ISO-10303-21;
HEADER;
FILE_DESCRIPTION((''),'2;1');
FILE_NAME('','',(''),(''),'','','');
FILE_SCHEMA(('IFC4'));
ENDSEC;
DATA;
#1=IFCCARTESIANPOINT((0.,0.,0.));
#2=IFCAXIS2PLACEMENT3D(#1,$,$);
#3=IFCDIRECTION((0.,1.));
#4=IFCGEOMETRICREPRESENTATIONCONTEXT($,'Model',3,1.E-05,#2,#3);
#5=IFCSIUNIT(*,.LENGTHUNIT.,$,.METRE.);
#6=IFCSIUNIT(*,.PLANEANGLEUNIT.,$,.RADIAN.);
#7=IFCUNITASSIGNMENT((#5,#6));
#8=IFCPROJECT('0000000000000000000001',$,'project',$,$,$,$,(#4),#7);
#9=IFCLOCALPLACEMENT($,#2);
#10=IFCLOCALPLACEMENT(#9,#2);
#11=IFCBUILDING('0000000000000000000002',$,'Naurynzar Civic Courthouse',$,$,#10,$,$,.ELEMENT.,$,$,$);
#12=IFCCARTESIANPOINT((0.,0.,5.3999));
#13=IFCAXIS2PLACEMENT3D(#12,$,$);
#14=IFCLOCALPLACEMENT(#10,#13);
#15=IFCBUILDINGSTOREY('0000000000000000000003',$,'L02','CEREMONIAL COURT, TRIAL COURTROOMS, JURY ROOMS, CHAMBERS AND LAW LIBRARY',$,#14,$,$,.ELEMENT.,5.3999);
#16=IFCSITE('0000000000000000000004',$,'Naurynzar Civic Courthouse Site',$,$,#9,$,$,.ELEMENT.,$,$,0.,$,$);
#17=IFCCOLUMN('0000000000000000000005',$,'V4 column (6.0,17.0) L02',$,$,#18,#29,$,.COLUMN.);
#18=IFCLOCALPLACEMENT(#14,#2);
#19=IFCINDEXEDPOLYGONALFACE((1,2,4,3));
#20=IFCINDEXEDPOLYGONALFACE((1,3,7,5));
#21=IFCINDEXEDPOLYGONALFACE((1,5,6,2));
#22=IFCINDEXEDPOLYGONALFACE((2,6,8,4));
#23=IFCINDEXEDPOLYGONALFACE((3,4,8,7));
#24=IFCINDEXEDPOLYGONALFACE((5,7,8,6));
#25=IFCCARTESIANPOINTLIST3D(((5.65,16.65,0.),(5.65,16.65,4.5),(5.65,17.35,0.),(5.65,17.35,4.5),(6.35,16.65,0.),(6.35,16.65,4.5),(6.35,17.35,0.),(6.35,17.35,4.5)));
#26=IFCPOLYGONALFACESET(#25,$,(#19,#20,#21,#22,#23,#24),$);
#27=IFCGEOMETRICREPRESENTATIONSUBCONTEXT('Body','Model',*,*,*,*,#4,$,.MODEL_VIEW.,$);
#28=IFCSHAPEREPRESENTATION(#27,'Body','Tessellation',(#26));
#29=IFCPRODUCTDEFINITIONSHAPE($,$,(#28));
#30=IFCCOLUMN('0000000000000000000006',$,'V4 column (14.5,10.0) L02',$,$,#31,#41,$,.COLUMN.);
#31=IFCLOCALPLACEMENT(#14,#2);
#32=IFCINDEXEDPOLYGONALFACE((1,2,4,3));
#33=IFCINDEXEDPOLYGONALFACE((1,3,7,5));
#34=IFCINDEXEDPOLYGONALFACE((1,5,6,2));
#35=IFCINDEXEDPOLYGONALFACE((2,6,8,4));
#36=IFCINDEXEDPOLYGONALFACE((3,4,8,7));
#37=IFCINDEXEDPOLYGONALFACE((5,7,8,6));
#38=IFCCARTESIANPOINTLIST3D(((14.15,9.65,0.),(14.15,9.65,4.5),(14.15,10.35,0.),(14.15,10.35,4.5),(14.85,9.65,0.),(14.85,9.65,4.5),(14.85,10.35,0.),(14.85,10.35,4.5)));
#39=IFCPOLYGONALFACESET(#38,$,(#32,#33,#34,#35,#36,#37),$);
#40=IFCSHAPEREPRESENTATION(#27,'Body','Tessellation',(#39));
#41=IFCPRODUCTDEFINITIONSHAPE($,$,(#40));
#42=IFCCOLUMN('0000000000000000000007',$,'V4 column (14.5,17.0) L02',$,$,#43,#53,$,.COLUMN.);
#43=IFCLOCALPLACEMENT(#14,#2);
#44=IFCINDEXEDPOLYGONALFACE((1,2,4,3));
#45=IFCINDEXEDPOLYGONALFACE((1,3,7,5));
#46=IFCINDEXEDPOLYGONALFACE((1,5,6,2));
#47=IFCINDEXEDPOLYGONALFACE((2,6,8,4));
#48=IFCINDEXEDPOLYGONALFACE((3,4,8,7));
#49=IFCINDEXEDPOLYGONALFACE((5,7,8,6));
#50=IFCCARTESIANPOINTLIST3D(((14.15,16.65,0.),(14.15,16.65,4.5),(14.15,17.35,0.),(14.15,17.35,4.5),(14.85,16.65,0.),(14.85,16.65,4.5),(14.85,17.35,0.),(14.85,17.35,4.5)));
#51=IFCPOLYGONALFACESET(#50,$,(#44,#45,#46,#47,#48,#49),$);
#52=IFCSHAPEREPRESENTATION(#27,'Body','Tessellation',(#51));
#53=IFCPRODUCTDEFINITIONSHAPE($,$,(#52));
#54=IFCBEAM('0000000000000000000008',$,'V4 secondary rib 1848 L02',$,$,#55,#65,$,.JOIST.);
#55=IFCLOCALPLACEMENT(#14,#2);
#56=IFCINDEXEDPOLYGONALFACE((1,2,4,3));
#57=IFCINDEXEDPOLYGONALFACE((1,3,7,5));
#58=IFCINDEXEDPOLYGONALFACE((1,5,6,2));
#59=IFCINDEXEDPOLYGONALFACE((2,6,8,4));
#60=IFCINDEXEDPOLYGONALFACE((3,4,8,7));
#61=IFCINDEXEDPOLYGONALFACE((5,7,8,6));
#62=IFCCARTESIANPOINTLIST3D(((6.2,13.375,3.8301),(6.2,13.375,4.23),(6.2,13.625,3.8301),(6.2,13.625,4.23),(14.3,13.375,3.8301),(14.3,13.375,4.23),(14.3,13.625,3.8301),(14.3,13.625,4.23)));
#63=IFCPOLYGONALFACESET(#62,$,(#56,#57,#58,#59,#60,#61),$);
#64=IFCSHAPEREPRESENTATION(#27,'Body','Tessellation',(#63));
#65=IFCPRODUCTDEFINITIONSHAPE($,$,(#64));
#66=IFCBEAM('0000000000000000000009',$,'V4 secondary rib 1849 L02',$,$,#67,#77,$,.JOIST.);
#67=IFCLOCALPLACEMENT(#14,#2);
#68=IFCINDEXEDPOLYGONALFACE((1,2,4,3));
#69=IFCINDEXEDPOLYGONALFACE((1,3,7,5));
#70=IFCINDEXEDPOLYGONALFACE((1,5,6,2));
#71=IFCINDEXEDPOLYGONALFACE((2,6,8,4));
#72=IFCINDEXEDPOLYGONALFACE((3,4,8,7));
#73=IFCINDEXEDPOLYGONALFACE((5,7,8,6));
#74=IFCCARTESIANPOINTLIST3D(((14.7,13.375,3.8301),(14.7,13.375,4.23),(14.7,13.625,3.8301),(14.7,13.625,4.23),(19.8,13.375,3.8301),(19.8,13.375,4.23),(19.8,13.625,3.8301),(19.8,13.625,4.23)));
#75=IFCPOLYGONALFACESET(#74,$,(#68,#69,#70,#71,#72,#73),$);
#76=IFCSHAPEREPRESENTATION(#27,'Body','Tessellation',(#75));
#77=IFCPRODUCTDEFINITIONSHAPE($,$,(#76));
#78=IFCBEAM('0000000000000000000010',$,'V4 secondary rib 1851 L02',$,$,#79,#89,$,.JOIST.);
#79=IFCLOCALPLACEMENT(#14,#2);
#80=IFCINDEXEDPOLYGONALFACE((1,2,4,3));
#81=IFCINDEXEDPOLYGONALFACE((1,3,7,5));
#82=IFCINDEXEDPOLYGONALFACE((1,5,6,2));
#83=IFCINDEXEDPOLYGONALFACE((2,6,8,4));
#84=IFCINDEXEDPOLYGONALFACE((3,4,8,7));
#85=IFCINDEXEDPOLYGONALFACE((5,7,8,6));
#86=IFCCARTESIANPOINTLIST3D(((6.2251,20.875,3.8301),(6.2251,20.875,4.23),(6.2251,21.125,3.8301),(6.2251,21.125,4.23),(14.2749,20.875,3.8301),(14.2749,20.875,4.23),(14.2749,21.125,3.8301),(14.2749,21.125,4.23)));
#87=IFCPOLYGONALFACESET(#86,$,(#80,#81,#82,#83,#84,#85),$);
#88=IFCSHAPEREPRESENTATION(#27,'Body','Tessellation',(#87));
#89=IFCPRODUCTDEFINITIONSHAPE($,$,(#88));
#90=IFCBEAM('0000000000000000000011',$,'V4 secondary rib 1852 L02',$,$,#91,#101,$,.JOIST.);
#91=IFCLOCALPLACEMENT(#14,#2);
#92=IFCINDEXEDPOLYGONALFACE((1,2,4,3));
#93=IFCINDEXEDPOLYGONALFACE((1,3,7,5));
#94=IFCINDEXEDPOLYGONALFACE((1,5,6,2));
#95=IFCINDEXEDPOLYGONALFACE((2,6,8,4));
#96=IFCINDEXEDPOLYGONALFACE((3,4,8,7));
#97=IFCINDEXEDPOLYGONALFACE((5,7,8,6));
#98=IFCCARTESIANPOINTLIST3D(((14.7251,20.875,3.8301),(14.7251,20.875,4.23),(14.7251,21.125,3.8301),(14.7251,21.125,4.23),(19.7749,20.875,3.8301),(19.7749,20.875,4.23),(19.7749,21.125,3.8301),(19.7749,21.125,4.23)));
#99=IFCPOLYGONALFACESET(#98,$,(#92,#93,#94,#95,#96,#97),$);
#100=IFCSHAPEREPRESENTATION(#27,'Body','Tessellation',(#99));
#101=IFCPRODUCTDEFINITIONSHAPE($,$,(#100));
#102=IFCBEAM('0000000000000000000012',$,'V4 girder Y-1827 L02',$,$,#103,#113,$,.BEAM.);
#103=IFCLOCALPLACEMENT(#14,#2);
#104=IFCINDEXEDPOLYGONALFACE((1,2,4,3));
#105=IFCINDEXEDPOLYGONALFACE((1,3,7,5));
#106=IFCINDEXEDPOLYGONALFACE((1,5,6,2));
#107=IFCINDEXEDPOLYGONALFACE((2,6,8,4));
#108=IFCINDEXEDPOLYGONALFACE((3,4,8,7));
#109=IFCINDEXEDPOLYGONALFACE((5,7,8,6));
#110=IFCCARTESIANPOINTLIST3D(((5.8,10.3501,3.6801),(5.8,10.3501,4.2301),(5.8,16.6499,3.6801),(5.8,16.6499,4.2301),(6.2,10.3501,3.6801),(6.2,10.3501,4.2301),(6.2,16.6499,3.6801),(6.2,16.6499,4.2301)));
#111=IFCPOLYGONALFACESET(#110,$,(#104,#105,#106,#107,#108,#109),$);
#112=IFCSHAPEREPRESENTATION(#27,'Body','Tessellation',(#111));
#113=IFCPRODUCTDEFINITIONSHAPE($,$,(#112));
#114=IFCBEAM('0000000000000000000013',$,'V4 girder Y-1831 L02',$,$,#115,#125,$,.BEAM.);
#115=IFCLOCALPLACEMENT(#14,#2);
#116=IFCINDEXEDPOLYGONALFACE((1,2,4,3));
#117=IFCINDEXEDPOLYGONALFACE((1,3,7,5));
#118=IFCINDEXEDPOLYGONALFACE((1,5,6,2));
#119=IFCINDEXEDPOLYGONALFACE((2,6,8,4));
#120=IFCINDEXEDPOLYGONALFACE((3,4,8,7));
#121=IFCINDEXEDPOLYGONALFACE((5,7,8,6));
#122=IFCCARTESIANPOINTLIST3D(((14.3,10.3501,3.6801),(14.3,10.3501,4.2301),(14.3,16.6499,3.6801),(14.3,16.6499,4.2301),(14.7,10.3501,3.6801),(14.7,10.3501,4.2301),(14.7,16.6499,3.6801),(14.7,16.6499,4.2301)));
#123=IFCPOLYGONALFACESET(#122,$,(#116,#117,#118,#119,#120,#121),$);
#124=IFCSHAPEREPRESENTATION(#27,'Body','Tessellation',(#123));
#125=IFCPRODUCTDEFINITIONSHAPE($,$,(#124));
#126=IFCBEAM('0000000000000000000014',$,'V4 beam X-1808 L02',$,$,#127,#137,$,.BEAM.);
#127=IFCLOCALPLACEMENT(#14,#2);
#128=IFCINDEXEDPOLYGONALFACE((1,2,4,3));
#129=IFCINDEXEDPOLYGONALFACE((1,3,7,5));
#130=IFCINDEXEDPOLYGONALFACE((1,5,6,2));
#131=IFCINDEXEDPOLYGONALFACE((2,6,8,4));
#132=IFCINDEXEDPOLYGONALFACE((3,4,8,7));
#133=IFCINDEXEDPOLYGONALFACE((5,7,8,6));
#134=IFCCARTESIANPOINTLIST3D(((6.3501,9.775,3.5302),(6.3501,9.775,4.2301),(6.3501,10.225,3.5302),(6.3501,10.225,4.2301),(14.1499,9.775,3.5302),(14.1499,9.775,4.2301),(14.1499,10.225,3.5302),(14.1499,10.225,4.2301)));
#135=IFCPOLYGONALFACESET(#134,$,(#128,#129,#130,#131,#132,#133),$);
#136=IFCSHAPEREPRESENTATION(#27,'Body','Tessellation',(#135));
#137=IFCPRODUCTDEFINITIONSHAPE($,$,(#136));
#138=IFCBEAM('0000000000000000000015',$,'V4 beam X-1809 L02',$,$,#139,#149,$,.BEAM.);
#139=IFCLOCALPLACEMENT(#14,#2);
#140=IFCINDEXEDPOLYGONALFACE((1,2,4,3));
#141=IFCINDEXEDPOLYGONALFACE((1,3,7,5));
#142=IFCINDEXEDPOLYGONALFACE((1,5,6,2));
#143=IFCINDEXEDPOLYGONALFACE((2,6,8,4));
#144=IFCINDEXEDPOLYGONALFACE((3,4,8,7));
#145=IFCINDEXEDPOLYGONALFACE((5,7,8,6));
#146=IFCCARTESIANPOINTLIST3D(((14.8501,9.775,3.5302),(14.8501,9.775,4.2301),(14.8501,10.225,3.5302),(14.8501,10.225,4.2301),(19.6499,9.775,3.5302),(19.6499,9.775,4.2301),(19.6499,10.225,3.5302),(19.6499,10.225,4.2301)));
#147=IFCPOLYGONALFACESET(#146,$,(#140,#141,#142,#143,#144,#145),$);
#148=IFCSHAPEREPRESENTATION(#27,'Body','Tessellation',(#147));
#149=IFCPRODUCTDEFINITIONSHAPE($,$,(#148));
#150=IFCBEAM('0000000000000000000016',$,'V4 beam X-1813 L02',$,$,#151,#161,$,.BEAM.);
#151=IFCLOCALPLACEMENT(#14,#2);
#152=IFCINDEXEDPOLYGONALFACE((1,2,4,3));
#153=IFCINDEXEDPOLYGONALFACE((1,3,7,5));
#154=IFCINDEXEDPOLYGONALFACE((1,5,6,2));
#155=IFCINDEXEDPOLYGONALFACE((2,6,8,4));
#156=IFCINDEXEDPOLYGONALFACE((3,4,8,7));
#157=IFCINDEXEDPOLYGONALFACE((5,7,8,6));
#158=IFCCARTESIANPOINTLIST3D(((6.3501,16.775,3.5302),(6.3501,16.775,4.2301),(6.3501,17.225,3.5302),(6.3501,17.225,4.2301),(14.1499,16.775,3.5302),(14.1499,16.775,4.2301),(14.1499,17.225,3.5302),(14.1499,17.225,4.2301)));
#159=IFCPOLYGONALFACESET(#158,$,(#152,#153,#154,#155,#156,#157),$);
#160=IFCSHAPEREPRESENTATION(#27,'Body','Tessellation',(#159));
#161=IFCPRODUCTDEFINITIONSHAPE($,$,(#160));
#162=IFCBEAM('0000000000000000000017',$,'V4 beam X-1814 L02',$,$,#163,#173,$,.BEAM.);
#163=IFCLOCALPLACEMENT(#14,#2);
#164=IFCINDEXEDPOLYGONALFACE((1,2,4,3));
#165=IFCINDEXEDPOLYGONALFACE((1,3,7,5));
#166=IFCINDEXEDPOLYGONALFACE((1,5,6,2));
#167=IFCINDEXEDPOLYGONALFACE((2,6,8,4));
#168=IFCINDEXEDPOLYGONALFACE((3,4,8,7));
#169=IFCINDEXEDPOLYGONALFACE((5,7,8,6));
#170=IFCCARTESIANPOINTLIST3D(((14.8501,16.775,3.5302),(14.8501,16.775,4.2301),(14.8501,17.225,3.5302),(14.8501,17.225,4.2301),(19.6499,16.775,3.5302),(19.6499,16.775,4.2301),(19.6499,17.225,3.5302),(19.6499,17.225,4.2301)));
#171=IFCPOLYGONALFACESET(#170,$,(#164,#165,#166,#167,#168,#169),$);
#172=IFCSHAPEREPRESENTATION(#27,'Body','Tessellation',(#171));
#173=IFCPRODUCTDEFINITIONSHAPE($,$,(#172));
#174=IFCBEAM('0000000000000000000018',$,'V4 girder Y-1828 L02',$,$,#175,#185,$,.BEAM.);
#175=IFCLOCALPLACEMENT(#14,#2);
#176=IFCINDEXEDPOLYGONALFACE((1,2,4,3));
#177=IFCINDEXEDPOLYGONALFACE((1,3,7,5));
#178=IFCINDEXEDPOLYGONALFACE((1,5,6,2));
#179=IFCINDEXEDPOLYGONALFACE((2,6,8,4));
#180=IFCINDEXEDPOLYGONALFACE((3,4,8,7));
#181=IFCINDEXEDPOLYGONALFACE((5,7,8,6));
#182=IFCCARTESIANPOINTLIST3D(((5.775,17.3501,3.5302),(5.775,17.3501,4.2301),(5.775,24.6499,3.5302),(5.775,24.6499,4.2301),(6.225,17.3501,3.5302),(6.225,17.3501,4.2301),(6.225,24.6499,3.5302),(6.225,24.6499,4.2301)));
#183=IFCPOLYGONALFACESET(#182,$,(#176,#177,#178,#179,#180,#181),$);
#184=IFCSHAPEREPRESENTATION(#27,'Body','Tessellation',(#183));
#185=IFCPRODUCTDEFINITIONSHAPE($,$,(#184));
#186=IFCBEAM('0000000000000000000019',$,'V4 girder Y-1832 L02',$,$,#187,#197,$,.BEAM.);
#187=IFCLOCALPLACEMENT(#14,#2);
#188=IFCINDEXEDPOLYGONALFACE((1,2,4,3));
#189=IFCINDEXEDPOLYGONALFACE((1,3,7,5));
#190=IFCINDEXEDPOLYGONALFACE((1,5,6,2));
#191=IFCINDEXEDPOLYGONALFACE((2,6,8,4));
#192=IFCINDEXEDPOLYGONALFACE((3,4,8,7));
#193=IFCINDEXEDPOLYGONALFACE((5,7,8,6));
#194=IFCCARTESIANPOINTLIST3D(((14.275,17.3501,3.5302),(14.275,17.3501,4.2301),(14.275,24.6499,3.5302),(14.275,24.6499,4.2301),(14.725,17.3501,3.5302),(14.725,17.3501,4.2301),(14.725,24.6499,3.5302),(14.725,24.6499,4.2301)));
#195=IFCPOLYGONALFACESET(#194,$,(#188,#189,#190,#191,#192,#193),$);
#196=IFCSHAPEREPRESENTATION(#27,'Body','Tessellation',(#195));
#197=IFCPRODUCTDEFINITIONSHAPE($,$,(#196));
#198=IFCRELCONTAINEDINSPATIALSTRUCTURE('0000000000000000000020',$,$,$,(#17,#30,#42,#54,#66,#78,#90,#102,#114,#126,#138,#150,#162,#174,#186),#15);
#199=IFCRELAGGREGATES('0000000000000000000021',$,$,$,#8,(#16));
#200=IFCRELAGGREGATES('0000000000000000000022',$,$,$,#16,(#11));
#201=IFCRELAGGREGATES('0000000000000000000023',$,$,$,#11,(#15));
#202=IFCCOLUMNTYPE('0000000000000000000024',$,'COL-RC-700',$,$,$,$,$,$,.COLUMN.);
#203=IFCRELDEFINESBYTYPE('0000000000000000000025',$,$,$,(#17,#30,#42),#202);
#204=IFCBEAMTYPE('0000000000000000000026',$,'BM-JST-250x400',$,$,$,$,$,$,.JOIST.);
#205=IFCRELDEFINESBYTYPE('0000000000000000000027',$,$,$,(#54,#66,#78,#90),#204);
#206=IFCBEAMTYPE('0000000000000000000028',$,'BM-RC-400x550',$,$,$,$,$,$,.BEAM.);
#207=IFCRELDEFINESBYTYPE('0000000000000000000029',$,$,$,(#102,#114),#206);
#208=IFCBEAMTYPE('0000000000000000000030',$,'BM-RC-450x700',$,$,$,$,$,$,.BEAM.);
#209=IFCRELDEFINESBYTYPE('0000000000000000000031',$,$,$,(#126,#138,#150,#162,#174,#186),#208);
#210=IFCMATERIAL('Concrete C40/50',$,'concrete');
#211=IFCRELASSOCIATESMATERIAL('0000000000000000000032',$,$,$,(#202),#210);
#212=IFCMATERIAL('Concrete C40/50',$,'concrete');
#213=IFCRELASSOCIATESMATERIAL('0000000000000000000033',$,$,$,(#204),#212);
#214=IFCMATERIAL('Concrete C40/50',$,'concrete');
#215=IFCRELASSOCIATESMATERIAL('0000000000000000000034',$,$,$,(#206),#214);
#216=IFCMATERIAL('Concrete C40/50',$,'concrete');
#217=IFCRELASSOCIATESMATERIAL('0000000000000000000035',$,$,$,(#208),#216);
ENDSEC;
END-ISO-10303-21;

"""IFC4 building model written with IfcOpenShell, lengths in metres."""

from ifc_helpers import new_model, si_unit, direction, frame, origin, origin_2d, place, context, subcontext, project, spatial, rectangle, extrude, material, material_profile, profile_set, type_object, element, save


model = new_model("IFC4")

# Units and contexts
model_context = context("Model", 3, precision=1e-05, world=origin(), true_north=direction((0.0, 1.0)))
body_context = subcontext(model_context, "Body", "Model", "MODEL_VIEW")
ifc_project = project(units=[si_unit("LENGTHUNIT", "METRE"), si_unit("PLANEANGLEUNIT", "RADIAN")], contexts=[model_context])

# Site, building, storey
site_placement = place(None, origin())
site = spatial("IfcSite", under=ifc_project, at=site_placement, Name="Naurynzar Civic Courthouse Site", CompositionType="ELEMENT", RefElevation=0.0)
building_placement = place(site_placement, origin())
building = spatial("IfcBuilding", under=site, at=building_placement, Name="Naurynzar Civic Courthouse", CompositionType="ELEMENT")
storey_placement = place(building_placement, frame((0.0, 0.0, 5.3999)))
storey = spatial("IfcBuildingStorey", under=building, at=storey_placement, Name="L02", Description="CEREMONIAL COURT, TRIAL COURTROOMS, JURY ROOMS, CHAMBERS AND LAW LIBRARY", CompositionType="ELEMENT", Elevation=5.3999)

# Columns
ifc_material_1 = material(Name="Concrete C40/50", Category="concrete")
ifc_material_profile_1 = material_profile(ifc_material_1, rectangle(XDim=0.7, YDim=0.7, at=origin_2d()), Name="RC 700x700")
ifc_profile_set_1 = profile_set([ifc_material_profile_1], Name="Concrete C40/50")
column_type = type_object("IfcColumnType", Name="COL-RC-700", PredefinedType="COLUMN", material=ifc_profile_set_1)
for number, where, z_axis, x_axis, name in (
    (1, (6.0, 17.0, 0.0), (0.0, 0.0, 1.0), (1.0, 0.0, 0.0), "V4 column (6.0,17.0) L02"),
    (2, (14.5, 10.0, 0.0), (0.0, 0.0, 1.0), (1.0, 0.0, 0.0), "V4 column (14.5,10.0) L02"),
    (3, (14.5, 17.0, 0.0), (0.0, 0.0, 1.0), (1.0, 0.0, 0.0), "V4 column (14.5,17.0) L02"),
):
    element("IfcColumn", number, at=place(storey_placement, frame(where, z_axis=z_axis, x_axis=x_axis)), inside=storey, type_object=column_type, Name=name, PredefinedType="COLUMN", context=body_context, shape_type="SweptSolid", body=[
        extrude(rectangle(XDim=0.7, YDim=0.7, at=origin_2d()), origin(), (0.0, 0.0, 1.0), 4.5),
    ])

# Beams
ifc_material_2 = material(Name="Concrete C40/50", Category="concrete")
ifc_material_profile_2 = material_profile(ifc_material_2, rectangle(XDim=0.25, YDim=0.3999, at=origin_2d()), Name="RCB 250x400")
ifc_profile_set_2 = profile_set([ifc_material_profile_2], Name="Concrete C40/50")
beam_type_1 = type_object("IfcBeamType", Name="BM-JST-250x400", PredefinedType="JOIST", material=ifc_profile_set_2)
beam_1_placement = place(storey_placement, frame((6.2, 13.5, 4.03), z_axis=(1.0, 0.0, 0.0), x_axis=(0.0, 1.0, 0.0)))
element("IfcBeam", 4, at=beam_1_placement, inside=storey, type_object=beam_type_1, Name="V4 secondary rib 1848 L02", PredefinedType="JOIST", context=body_context, shape_type="SweptSolid", body=[
    extrude(rectangle(XDim=0.25, YDim=0.3999, at=origin_2d()), origin(), (0.0, 0.0, 1.0), 8.1001),
])
beam_2_placement = place(storey_placement, frame((14.7, 13.5, 4.03), z_axis=(1.0, 0.0, 0.0), x_axis=(0.0, 1.0, 0.0)))
element("IfcBeam", 5, at=beam_2_placement, inside=storey, type_object=beam_type_1, Name="V4 secondary rib 1849 L02", PredefinedType="JOIST", context=body_context, shape_type="SweptSolid", body=[
    extrude(rectangle(XDim=0.25, YDim=0.3999, at=origin_2d()), origin(), (0.0, 0.0, 1.0), 5.1001),
])
beam_3_placement = place(storey_placement, frame((6.2251, 21.0, 4.03), z_axis=(1.0, 0.0, 0.0), x_axis=(0.0, 1.0, 0.0)))
element("IfcBeam", 6, at=beam_3_placement, inside=storey, type_object=beam_type_1, Name="V4 secondary rib 1851 L02", PredefinedType="JOIST", context=body_context, shape_type="SweptSolid", body=[
    extrude(rectangle(XDim=0.25, YDim=0.3999, at=origin_2d()), origin(), (0.0, 0.0, 1.0), 8.0498),
])
beam_4_placement = place(storey_placement, frame((14.7251, 21.0, 4.03), z_axis=(1.0, 0.0, 0.0), x_axis=(0.0, 1.0, 0.0)))
element("IfcBeam", 7, at=beam_4_placement, inside=storey, type_object=beam_type_1, Name="V4 secondary rib 1852 L02", PredefinedType="JOIST", context=body_context, shape_type="SweptSolid", body=[
    extrude(rectangle(XDim=0.25, YDim=0.3999, at=origin_2d()), origin(), (0.0, 0.0, 1.0), 5.0498),
])
ifc_material_3 = material(Name="Concrete C40/50", Category="concrete")
ifc_material_profile_3 = material_profile(ifc_material_3, rectangle(XDim=0.3999, YDim=0.55, at=origin_2d()), Name="RCB 400x550")
ifc_profile_set_3 = profile_set([ifc_material_profile_3], Name="Concrete C40/50")
beam_type_2 = type_object("IfcBeamType", Name="BM-RC-400x550", PredefinedType="BEAM", material=ifc_profile_set_3)
for number, where, z_axis, x_axis, name in (
    (8, (6.0, 10.3501, 3.9551), (0.0, 1.0, 0.0), (-1.0, 0.0, 0.0), "V4 girder Y-1827 L02"),
    (9, (14.5, 10.3501, 3.9551), (0.0, 1.0, 0.0), (-1.0, 0.0, 0.0), "V4 girder Y-1831 L02"),
):
    element("IfcBeam", number, at=place(storey_placement, frame(where, z_axis=z_axis, x_axis=x_axis)), inside=storey, type_object=beam_type_2, Name=name, PredefinedType="BEAM", context=body_context, shape_type="SweptSolid", body=[
        extrude(rectangle(XDim=0.3999, YDim=0.55, at=origin_2d()), origin(), (0.0, 0.0, 1.0), 6.2998),
    ])
ifc_material_4 = material(Name="Concrete C40/50", Category="concrete")
ifc_material_profile_4 = material_profile(ifc_material_4, rectangle(XDim=0.45, YDim=0.7, at=origin_2d()), Name="RCB 450x700")
ifc_profile_set_4 = profile_set([ifc_material_profile_4], Name="Concrete C40/50")
beam_type_3 = type_object("IfcBeamType", Name="BM-RC-450x700", PredefinedType="BEAM", material=ifc_profile_set_4)
beam_5_placement = place(storey_placement, frame((6.3501, 10.0, 3.8801), z_axis=(1.0, 0.0, 0.0), x_axis=(0.0, 1.0, 0.0)))
element("IfcBeam", 10, at=beam_5_placement, inside=storey, type_object=beam_type_3, Name="V4 beam X-1808 L02", PredefinedType="BEAM", context=body_context, shape_type="SweptSolid", body=[
    extrude(rectangle(XDim=0.45, YDim=0.7, at=origin_2d()), origin(), (0.0, 0.0, 1.0), 7.7998),
])
beam_6_placement = place(storey_placement, frame((14.8501, 10.0, 3.8801), z_axis=(1.0, 0.0, 0.0), x_axis=(0.0, 1.0, 0.0)))
element("IfcBeam", 11, at=beam_6_placement, inside=storey, type_object=beam_type_3, Name="V4 beam X-1809 L02", PredefinedType="BEAM", context=body_context, shape_type="SweptSolid", body=[
    extrude(rectangle(XDim=0.45, YDim=0.7, at=origin_2d()), origin(), (0.0, 0.0, 1.0), 4.7998),
])
beam_7_placement = place(storey_placement, frame((6.3501, 17.0, 3.8801), z_axis=(1.0, 0.0, 0.0), x_axis=(0.0, 1.0, 0.0)))
element("IfcBeam", 12, at=beam_7_placement, inside=storey, type_object=beam_type_3, Name="V4 beam X-1813 L02", PredefinedType="BEAM", context=body_context, shape_type="SweptSolid", body=[
    extrude(rectangle(XDim=0.45, YDim=0.7, at=origin_2d()), origin(), (0.0, 0.0, 1.0), 7.7998),
])
beam_8_placement = place(storey_placement, frame((14.8501, 17.0, 3.8801), z_axis=(1.0, 0.0, 0.0), x_axis=(0.0, 1.0, 0.0)))
element("IfcBeam", 13, at=beam_8_placement, inside=storey, type_object=beam_type_3, Name="V4 beam X-1814 L02", PredefinedType="BEAM", context=body_context, shape_type="SweptSolid", body=[
    extrude(rectangle(XDim=0.45, YDim=0.7, at=origin_2d()), origin(), (0.0, 0.0, 1.0), 4.7998),
])
for number, where, z_axis, x_axis, name in (
    (14, (6.0, 17.3501, 3.8801), (0.0, 1.0, 0.0), (-1.0, 0.0, 0.0), "V4 girder Y-1828 L02"),
    (15, (14.5, 17.3501, 3.8801), (0.0, 1.0, 0.0), (-1.0, 0.0, 0.0), "V4 girder Y-1832 L02"),
):
    element("IfcBeam", number, at=place(storey_placement, frame(where, z_axis=z_axis, x_axis=x_axis)), inside=storey, type_object=beam_type_3, Name=name, PredefinedType="BEAM", context=body_context, shape_type="SweptSolid", body=[
        extrude(rectangle(XDim=0.45, YDim=0.7, at=origin_2d()), origin(), (0.0, 0.0, 1.0), 7.2998),
    ])

save(model, "model.ifc")
